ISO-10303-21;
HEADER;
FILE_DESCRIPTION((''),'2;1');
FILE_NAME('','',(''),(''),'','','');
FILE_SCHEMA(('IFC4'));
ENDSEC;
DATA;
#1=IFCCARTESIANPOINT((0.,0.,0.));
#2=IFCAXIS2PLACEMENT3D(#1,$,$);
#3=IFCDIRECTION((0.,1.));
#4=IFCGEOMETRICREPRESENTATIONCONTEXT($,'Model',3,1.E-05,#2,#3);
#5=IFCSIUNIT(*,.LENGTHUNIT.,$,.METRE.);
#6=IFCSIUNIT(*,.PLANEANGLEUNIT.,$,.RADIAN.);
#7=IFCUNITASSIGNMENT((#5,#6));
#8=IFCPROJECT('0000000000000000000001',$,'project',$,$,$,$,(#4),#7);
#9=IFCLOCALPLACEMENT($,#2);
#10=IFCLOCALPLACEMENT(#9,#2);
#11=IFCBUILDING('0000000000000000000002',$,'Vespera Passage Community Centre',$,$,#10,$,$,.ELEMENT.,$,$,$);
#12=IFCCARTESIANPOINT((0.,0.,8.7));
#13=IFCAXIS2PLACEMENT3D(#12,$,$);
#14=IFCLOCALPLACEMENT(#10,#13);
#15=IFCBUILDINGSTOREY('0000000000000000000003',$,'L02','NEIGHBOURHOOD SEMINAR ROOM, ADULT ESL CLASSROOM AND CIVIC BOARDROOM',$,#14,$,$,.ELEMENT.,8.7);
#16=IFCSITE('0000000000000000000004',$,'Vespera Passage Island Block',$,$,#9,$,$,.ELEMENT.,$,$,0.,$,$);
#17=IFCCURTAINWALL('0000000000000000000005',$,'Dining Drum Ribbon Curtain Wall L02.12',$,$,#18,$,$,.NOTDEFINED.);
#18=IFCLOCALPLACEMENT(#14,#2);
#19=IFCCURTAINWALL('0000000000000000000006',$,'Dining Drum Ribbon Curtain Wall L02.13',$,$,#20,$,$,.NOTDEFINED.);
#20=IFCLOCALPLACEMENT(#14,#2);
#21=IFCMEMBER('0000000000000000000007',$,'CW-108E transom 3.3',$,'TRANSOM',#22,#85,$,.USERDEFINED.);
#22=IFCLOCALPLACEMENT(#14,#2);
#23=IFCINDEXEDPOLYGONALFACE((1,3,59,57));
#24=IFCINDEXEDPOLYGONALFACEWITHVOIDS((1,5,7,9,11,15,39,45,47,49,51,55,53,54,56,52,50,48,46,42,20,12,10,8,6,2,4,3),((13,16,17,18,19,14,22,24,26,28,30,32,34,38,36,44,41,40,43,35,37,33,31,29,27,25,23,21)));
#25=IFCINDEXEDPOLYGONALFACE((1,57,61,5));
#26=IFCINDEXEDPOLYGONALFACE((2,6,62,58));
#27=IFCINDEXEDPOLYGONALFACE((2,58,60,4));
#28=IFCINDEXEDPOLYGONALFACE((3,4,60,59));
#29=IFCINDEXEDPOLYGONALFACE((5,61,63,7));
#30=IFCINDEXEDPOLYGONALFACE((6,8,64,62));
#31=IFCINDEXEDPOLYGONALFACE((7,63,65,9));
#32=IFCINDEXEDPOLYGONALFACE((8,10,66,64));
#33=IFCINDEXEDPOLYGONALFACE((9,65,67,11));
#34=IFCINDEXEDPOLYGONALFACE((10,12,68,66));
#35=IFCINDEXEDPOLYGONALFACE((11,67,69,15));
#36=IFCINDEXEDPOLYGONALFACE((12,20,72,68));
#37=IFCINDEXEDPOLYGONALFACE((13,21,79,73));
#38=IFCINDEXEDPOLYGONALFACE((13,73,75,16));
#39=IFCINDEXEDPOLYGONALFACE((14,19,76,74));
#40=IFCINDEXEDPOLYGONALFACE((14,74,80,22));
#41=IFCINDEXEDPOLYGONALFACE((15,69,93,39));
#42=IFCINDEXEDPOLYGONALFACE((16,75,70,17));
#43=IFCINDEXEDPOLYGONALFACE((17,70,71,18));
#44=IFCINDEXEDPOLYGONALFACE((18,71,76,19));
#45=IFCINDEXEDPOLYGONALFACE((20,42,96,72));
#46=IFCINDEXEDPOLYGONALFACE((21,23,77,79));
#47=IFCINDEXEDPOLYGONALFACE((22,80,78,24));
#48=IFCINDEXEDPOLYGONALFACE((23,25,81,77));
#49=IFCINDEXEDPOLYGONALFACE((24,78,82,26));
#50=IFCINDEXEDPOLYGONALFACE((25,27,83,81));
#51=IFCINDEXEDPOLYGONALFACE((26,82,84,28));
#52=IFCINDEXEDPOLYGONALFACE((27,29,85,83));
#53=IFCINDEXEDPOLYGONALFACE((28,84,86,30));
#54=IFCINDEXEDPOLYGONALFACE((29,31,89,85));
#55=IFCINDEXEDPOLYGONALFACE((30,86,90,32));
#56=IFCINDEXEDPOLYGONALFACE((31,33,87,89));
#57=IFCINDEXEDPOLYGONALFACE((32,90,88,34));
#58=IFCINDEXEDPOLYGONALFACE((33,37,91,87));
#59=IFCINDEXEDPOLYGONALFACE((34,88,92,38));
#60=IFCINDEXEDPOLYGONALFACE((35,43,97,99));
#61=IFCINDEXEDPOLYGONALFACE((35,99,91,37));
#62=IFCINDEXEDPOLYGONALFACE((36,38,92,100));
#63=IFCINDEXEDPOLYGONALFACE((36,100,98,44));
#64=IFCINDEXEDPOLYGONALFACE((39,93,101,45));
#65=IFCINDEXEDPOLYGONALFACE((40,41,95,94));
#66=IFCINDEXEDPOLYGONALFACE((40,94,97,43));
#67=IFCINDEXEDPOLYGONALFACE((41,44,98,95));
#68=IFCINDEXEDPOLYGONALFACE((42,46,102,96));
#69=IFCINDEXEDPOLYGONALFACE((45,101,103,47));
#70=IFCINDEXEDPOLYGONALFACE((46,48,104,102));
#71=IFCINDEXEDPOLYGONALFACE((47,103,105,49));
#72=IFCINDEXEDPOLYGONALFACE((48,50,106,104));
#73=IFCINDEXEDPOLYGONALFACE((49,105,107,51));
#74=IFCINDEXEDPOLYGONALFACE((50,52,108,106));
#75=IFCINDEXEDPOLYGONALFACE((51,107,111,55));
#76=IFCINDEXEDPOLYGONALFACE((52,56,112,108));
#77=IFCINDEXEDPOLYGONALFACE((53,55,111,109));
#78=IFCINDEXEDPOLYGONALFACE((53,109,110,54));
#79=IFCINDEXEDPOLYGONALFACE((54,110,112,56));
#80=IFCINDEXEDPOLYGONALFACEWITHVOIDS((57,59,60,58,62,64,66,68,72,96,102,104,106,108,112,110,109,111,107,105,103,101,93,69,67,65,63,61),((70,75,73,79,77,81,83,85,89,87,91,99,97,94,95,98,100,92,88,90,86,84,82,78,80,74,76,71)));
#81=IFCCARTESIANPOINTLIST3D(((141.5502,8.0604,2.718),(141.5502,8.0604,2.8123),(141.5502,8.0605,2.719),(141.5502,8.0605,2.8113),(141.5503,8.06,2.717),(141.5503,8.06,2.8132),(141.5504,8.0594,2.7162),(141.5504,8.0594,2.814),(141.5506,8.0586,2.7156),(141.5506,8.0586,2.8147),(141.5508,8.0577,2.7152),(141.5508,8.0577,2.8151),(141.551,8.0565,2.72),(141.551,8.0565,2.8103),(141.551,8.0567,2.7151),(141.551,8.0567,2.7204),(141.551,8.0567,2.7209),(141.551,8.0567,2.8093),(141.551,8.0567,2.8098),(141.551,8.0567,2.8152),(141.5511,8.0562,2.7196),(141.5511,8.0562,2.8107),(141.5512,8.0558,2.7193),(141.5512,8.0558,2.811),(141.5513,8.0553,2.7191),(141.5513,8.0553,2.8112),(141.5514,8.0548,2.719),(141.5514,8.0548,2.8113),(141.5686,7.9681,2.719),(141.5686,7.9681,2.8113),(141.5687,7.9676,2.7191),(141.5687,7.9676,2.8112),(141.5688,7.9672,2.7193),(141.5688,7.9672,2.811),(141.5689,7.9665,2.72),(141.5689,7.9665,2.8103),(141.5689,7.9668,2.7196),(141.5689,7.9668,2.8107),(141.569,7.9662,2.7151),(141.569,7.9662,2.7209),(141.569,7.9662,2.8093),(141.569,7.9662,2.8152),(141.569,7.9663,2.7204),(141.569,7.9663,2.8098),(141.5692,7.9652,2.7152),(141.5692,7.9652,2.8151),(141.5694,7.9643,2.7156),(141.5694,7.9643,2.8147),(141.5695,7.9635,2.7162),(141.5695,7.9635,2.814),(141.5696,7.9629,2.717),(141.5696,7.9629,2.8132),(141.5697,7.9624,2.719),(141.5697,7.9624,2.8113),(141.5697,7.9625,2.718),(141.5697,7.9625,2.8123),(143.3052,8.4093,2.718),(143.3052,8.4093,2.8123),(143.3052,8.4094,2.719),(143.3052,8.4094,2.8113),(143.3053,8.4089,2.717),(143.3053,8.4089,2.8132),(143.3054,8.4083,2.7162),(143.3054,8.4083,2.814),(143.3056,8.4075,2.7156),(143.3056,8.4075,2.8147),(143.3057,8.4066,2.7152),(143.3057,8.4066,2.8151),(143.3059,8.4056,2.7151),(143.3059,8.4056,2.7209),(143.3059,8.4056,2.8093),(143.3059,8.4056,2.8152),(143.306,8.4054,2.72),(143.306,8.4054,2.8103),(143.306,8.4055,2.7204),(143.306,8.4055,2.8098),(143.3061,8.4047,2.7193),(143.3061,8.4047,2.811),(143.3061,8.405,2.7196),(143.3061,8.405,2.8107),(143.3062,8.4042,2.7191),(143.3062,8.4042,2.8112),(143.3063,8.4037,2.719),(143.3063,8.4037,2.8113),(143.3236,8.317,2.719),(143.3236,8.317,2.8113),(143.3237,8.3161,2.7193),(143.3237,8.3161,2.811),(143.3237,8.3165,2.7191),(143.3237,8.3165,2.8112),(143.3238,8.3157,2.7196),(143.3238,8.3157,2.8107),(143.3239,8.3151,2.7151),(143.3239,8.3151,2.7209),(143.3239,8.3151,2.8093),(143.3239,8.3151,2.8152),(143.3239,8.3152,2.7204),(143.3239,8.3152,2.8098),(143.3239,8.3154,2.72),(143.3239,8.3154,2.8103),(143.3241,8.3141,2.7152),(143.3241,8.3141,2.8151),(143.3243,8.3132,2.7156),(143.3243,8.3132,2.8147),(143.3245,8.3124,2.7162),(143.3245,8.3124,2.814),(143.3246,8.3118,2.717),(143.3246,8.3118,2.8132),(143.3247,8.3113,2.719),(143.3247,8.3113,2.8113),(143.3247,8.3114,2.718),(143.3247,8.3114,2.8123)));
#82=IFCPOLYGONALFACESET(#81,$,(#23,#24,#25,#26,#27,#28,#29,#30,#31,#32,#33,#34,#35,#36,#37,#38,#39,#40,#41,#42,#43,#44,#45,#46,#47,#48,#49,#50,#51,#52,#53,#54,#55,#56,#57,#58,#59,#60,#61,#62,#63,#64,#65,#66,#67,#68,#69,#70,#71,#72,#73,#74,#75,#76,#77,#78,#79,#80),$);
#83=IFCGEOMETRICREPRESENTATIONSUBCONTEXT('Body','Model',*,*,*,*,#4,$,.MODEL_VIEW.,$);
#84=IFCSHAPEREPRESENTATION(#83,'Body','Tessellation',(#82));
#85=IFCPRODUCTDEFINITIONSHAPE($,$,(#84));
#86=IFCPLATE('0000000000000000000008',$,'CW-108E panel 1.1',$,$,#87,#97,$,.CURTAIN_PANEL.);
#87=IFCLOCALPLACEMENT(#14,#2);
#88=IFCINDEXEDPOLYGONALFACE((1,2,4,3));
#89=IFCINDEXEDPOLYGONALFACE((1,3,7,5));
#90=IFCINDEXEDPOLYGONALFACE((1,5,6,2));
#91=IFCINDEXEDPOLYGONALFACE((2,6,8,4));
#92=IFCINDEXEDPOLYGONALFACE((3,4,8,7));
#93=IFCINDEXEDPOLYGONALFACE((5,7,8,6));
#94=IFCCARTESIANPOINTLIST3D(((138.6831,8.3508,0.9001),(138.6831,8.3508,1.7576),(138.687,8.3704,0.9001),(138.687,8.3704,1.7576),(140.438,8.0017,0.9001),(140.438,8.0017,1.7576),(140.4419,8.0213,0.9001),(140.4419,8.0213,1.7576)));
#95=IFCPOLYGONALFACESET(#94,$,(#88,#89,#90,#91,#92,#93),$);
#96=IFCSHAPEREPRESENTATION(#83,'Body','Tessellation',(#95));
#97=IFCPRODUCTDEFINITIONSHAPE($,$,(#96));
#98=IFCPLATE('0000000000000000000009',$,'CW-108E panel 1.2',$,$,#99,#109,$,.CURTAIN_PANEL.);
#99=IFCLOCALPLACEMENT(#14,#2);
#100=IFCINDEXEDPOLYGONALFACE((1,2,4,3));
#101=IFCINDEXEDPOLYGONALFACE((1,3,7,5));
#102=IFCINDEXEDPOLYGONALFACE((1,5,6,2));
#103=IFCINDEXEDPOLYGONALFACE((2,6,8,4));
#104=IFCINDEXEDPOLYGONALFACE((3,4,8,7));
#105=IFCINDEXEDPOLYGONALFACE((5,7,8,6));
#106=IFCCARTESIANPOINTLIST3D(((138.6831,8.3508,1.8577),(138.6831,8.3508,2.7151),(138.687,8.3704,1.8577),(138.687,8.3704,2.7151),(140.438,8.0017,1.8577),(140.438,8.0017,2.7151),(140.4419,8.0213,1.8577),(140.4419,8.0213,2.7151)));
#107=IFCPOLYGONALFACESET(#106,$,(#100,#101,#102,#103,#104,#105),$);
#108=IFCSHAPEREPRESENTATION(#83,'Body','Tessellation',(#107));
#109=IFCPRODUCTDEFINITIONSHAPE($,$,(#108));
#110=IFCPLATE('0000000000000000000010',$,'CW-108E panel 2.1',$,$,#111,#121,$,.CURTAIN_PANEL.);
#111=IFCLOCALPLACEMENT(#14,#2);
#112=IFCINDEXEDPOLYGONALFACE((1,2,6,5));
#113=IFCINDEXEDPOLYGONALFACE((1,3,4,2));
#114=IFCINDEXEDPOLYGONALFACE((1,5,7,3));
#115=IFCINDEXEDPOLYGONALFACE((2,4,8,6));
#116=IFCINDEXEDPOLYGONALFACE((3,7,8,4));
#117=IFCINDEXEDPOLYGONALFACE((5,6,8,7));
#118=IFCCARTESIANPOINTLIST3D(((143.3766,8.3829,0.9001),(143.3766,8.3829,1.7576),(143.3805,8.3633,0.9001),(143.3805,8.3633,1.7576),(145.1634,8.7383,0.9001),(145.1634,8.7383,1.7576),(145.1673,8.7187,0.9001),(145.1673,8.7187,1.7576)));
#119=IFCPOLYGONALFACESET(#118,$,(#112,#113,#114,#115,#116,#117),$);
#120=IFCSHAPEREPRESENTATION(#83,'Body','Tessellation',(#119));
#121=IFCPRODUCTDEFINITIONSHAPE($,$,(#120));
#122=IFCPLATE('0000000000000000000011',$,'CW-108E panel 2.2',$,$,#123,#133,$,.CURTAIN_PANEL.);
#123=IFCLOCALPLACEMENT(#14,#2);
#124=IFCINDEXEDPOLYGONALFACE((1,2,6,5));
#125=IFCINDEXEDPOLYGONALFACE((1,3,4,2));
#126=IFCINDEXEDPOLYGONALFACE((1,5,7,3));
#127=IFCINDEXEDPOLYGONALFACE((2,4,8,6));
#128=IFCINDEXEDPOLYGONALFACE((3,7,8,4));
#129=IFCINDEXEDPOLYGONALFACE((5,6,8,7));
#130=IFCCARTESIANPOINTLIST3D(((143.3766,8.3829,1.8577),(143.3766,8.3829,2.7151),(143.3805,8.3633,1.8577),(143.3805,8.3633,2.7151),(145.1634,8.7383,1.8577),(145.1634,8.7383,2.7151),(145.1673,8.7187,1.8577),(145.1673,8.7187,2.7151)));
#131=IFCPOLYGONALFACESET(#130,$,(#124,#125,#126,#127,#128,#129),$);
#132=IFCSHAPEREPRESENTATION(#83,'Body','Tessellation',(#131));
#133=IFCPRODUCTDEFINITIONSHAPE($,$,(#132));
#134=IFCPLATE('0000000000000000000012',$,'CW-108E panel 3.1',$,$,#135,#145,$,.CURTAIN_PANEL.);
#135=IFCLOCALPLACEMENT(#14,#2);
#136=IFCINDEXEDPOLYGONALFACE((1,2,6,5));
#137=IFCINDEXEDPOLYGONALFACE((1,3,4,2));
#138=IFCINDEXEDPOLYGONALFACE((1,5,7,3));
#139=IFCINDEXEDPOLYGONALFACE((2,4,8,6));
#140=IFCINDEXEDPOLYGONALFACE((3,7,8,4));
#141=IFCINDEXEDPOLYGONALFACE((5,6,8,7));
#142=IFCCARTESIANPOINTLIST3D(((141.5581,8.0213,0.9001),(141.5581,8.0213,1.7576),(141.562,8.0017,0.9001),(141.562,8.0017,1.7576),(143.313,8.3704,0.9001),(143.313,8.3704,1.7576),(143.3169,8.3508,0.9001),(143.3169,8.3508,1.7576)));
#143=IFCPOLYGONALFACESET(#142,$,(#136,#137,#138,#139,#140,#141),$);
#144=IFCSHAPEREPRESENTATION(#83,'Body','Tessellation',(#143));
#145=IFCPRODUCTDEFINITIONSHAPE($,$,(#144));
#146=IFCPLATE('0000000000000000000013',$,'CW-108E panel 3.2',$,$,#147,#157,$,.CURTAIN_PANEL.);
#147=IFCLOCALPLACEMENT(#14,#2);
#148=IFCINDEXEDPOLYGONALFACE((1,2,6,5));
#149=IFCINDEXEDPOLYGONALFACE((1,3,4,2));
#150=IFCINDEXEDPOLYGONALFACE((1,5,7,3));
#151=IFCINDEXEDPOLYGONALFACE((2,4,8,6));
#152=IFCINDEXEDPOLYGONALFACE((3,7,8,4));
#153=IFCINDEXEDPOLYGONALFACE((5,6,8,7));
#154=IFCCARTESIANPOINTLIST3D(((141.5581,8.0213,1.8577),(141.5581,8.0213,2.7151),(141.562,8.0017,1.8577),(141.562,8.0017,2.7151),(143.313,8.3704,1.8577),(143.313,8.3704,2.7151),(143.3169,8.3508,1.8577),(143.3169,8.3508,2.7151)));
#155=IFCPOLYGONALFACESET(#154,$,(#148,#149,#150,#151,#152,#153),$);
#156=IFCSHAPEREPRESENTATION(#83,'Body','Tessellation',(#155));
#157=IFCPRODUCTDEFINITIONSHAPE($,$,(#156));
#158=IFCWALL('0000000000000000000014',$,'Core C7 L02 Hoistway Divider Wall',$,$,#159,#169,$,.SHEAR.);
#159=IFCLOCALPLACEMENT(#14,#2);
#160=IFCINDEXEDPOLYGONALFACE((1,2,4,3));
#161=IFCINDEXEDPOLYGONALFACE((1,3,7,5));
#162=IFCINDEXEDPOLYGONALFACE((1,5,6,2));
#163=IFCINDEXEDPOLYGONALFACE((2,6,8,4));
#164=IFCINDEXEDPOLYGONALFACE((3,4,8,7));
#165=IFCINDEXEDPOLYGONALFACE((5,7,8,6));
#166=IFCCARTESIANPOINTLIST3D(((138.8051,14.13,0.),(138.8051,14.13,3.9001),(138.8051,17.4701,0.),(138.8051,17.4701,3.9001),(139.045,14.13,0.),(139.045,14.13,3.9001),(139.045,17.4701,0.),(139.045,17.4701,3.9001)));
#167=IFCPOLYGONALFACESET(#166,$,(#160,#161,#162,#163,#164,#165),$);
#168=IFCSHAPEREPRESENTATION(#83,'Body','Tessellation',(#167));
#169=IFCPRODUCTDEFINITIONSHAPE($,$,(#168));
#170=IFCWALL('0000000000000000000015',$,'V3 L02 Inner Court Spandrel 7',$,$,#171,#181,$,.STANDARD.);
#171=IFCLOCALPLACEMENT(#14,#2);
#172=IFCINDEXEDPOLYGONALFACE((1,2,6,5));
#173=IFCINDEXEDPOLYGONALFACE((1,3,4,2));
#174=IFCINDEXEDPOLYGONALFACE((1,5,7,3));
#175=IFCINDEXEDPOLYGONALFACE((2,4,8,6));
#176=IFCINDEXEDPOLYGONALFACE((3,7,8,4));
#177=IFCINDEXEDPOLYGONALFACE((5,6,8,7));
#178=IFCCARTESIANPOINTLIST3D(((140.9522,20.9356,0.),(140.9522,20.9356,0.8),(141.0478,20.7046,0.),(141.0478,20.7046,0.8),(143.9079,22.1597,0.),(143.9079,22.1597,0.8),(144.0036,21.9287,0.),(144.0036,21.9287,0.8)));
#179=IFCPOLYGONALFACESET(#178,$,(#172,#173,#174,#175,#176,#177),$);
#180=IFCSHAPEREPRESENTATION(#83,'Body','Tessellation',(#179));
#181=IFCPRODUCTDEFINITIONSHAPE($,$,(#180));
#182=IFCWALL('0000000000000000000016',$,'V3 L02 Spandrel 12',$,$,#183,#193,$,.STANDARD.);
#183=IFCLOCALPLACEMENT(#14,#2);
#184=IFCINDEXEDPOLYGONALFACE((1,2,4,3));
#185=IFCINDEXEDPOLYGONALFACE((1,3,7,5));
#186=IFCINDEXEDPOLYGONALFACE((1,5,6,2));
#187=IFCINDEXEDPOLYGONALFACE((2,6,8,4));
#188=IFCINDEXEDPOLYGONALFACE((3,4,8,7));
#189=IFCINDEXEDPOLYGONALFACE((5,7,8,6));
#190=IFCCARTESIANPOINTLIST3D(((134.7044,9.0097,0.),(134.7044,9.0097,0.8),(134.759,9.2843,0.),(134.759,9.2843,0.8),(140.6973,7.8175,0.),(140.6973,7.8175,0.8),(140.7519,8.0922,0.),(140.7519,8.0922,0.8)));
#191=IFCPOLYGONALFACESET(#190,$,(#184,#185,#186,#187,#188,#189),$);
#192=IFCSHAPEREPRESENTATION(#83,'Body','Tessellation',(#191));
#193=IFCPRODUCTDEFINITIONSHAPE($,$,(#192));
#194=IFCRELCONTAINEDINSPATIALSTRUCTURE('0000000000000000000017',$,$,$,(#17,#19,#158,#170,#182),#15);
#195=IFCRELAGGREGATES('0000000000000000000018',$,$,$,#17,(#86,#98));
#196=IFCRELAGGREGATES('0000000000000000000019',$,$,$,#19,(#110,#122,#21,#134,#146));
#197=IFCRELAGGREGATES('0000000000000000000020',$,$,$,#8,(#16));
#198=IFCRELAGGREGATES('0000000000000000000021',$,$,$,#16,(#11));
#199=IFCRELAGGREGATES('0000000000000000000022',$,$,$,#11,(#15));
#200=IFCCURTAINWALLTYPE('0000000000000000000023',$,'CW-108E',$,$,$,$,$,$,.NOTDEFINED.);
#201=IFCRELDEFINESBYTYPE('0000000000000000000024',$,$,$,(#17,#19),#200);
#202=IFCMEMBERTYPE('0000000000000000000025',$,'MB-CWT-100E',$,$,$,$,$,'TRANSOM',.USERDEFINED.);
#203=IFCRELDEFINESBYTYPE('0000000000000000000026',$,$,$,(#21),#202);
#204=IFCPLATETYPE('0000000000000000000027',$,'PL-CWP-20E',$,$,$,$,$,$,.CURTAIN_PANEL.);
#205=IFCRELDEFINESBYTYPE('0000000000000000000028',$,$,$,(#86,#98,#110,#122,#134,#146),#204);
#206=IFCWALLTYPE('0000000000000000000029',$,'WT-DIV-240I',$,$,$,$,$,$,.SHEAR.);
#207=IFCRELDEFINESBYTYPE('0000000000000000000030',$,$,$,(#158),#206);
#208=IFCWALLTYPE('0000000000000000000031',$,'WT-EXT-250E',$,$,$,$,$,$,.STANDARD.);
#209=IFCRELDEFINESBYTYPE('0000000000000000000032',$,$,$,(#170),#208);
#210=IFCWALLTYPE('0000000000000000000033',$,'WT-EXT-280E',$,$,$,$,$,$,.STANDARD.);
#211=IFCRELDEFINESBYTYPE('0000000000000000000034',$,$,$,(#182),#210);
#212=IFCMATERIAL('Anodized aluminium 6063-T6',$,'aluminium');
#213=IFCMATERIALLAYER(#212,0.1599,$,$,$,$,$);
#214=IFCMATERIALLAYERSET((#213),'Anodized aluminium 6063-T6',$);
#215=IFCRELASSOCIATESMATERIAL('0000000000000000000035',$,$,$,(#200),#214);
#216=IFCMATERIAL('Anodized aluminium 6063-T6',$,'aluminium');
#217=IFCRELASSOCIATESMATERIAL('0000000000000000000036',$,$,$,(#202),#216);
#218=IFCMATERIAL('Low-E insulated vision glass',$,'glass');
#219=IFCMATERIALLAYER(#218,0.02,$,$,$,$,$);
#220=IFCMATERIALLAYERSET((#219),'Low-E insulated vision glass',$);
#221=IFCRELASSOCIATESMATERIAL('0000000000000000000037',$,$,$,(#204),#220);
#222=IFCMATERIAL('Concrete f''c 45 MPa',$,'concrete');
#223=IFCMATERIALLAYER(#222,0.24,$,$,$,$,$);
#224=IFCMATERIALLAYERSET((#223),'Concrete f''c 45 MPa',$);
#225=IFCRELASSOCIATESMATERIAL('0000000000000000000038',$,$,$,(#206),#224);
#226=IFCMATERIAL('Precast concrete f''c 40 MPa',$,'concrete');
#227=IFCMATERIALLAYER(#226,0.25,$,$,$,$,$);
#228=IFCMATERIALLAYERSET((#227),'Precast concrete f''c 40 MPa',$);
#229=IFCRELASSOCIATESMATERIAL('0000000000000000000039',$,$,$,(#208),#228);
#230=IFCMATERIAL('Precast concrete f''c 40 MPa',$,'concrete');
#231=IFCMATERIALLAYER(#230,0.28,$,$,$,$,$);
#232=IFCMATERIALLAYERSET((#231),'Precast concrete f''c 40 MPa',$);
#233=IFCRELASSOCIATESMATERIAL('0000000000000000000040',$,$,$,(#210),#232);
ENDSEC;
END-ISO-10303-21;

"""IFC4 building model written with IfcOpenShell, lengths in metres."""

from ifc_helpers import new_model, si_unit, direction, frame, frame_2d, origin, origin_2d, place, context, subcontext, project, spatial, rectangle, hollow_rectangle, extrude, material, layer, layer_set, material_profile, profile_set, type_object, element, aggregate, save


model = new_model("IFC4")

# Units and contexts
model_context = context("Model", 3, precision=1e-05, world=origin(), true_north=direction((0.0, 1.0)))
body_context = subcontext(model_context, "Body", "Model", "MODEL_VIEW")
ifc_project = project(units=[si_unit("LENGTHUNIT", "METRE"), si_unit("PLANEANGLEUNIT", "RADIAN")], contexts=[model_context])

# Site, building, storey
site_placement = place(None, origin())
site = spatial("IfcSite", under=ifc_project, at=site_placement, Name="Vespera Passage Island Block", CompositionType="ELEMENT", RefElevation=0.0)
building_placement = place(site_placement, origin())
building = spatial("IfcBuilding", under=site, at=building_placement, Name="Vespera Passage Community Centre", CompositionType="ELEMENT")
storey_placement = place(building_placement, frame((0.0, 0.0, 8.7)))
storey = spatial("IfcBuildingStorey", under=building, at=storey_placement, Name="L02", Description="NEIGHBOURHOOD SEMINAR ROOM, ADULT ESL CLASSROOM AND CIVIC BOARDROOM", CompositionType="ELEMENT", Elevation=8.7)

# Curtain wall
ifc_material_1 = material(Name="Anodized aluminium 6063-T6", Category="aluminium")
ifc_layer_1 = layer(ifc_material_1, 0.1599)
ifc_layer_set_1 = layer_set([ifc_layer_1], Name="Anodized aluminium 6063-T6")
curtain_wall_type_1 = type_object("IfcCurtainWallType", Name="CW-108E", PredefinedType="NOTDEFINED", material=ifc_layer_set_1)
curtain_wall_1_placement = place(storey_placement, origin())
curtain_wall_1 = element("IfcCurtainWall", 1, at=curtain_wall_1_placement, inside=storey, type_object=curtain_wall_type_1, Name="Dining Drum Ribbon Curtain Wall L02.12", PredefinedType="NOTDEFINED")

# Curtain wall
curtain_wall_2_placement = place(storey_placement, origin())
curtain_wall_2 = element("IfcCurtainWall", 2, at=curtain_wall_2_placement, inside=storey, type_object=curtain_wall_type_1, Name="Dining Drum Ribbon Curtain Wall L02.13", PredefinedType="NOTDEFINED")

# Member
ifc_material_2 = material(Name="Anodized aluminium 6063-T6", Category="aluminium")
ifc_material_profile_1 = material_profile(ifc_material_2, hollow_rectangle(XDim=0.1001, YDim=0.1001, WallThickness=0.0039, InnerFilletRadius=0.002, OuterFilletRadius=0.0039, at=origin_2d()), Name="ALU100X100X4")
ifc_profile_set_1 = profile_set([ifc_material_profile_1], Name="Anodized aluminium 6063-T6")
member_type_1 = type_object("IfcMemberType", Name="MB-CWT-100E", ElementType="TRANSOM", PredefinedType="USERDEFINED", material=ifc_profile_set_1)
member_1_placement = place(storey_placement, frame((143.3149, 8.3604, 2.7651), z_axis=(-0.980806, -0.194988, 0.0), x_axis=(0.194988, -0.980806, 0.0)))
member_1 = element("IfcMember", 3, at=member_1_placement, type_object=member_type_1, Name="CW-108E transom 3.3", ObjectType="TRANSOM", PredefinedType="USERDEFINED", context=body_context, shape_type="SweptSolid", body=[
    extrude(hollow_rectangle(XDim=0.1001, YDim=0.1001, WallThickness=0.0039, InnerFilletRadius=0.002, OuterFilletRadius=0.0039, at=origin_2d()), origin(), (0.0, 0.0, 1.0), 1.7893),
])

# Plates
ifc_material_3 = material(Name="Low-E insulated vision glass", Category="glass")
ifc_layer_2 = layer(ifc_material_3, 0.02)
ifc_layer_set_2 = layer_set([ifc_layer_2], Name="Low-E insulated vision glass")
plate_type = type_object("IfcPlateType", Name="PL-CWP-20E", PredefinedType="CURTAIN_PANEL", material=ifc_layer_set_2)
plate_1_placement = place(storey_placement, frame((139.5625, 8.186, 0.9001), z_axis=(0.0, 0.0, 1.0), x_axis=(-0.980784, 0.195097, 0.0)))
plate_1 = element("IfcPlate", 4, at=plate_1_placement, type_object=plate_type, Name="CW-108E panel 1.1", PredefinedType="CURTAIN_PANEL", context=body_context, shape_type="SweptSolid", body=[
    extrude(rectangle(XDim=1.7893, YDim=0.02, at=origin_2d()), origin(), (0.0, 0.0, 1.0), 0.8574),
])
plate_2_placement = place(storey_placement, frame((139.5625, 8.186, 1.8577), z_axis=(0.0, 0.0, 1.0), x_axis=(-0.980784, 0.195097, 0.0)))
plate_2 = element("IfcPlate", 5, at=plate_2_placement, type_object=plate_type, Name="CW-108E panel 1.2", PredefinedType="CURTAIN_PANEL", context=body_context, shape_type="SweptSolid", body=[
    extrude(rectangle(XDim=1.7893, YDim=0.02, at=origin_2d()), origin(), (0.0, 0.0, 1.0), 0.8574),
])
aggregate(curtain_wall_1, [plate_1, plate_2])
plate_3_placement = place(storey_placement, frame((144.272, 8.5508, 0.9001), z_axis=(0.0, 0.0, 1.0), x_axis=(-0.980784, -0.195097, 0.0)))
plate_3 = element("IfcPlate", 6, at=plate_3_placement, type_object=plate_type, Name="CW-108E panel 2.1", PredefinedType="CURTAIN_PANEL", context=body_context, shape_type="SweptSolid", body=[
    extrude(rectangle(XDim=1.8218, YDim=0.02, at=origin_2d()), origin(), (0.0, 0.0, 1.0), 0.8574),
])
plate_4_placement = place(storey_placement, frame((144.272, 8.5508, 1.8577), z_axis=(0.0, 0.0, 1.0), x_axis=(-0.980784, -0.195097, 0.0)))
plate_4 = element("IfcPlate", 7, at=plate_4_placement, type_object=plate_type, Name="CW-108E panel 2.2", PredefinedType="CURTAIN_PANEL", context=body_context, shape_type="SweptSolid", body=[
    extrude(rectangle(XDim=1.8218, YDim=0.02, at=origin_2d()), origin(), (0.0, 0.0, 1.0), 0.8574),
])
plate_5_placement = place(storey_placement, frame((142.4375, 8.186, 0.9001), z_axis=(0.0, 0.0, 1.0), x_axis=(-0.980784, -0.195097, 0.0)))
plate_5 = element("IfcPlate", 8, at=plate_5_placement, type_object=plate_type, Name="CW-108E panel 3.1", PredefinedType="CURTAIN_PANEL", context=body_context, shape_type="SweptSolid", body=[
    extrude(rectangle(XDim=1.7893, YDim=0.02, at=origin_2d()), origin(), (0.0, 0.0, 1.0), 0.8574),
])
plate_6_placement = place(storey_placement, frame((142.4375, 8.186, 1.8577), z_axis=(0.0, 0.0, 1.0), x_axis=(-0.980784, -0.195097, 0.0)))
plate_6 = element("IfcPlate", 9, at=plate_6_placement, type_object=plate_type, Name="CW-108E panel 3.2", PredefinedType="CURTAIN_PANEL", context=body_context, shape_type="SweptSolid", body=[
    extrude(rectangle(XDim=1.7893, YDim=0.02, at=origin_2d()), origin(), (0.0, 0.0, 1.0), 0.8574),
])
aggregate(curtain_wall_2, [plate_3, plate_4, member_1, plate_5, plate_6])

# Walls
ifc_material_4 = material(Name="Concrete f'c 45 MPa", Category="concrete")
ifc_layer_3 = layer(ifc_material_4, 0.24)
ifc_layer_set_3 = layer_set([ifc_layer_3], Name="Concrete f'c 45 MPa")
wall_type_1 = type_object("IfcWallType", Name="WT-DIV-240I", PredefinedType="SHEAR", material=ifc_layer_set_3)
wall_1_placement = place(storey_placement, frame((138.925, 17.47, 0.0), z_axis=(0.0, 0.0, 1.0), x_axis=(0.0, -1.0, 0.0)))
element("IfcWall", 10, at=wall_1_placement, inside=storey, type_object=wall_type_1, Name="Core C7 L02 Hoistway Divider Wall", PredefinedType="SHEAR", context=body_context, shape_type="SweptSolid", body=[
    extrude(rectangle(XDim=3.3401, YDim=0.24, at=frame_2d((1.6699, 0.0))), origin(), (0.0, 0.0, 1.0), 3.9001),
])
ifc_material_5 = material(Name="Precast concrete f'c 40 MPa", Category="concrete")
ifc_layer_4 = layer(ifc_material_5, 0.25)
ifc_layer_set_4 = layer_set([ifc_layer_4], Name="Precast concrete f'c 40 MPa")
wall_type_2 = type_object("IfcWallType", Name="WT-EXT-250E", PredefinedType="STANDARD", material=ifc_layer_set_4)
wall_2_placement = place(storey_placement, frame((141.0, 20.8201, 0.0), z_axis=(0.0, 0.0, 1.0), x_axis=(0.923903, 0.382626, 0.0)))
element("IfcWall", 11, at=wall_2_placement, inside=storey, type_object=wall_type_2, Name="V3 L02 Inner Court Spandrel 7", PredefinedType="STANDARD", context=body_context, shape_type="SweptSolid", body=[
    extrude(rectangle(XDim=3.1992, YDim=0.25, at=frame_2d((1.5996, 0.0))), origin(), (0.0, 0.0, 1.0), 0.8),
])
ifc_material_6 = material(Name="Precast concrete f'c 40 MPa", Category="concrete")
ifc_layer_5 = layer(ifc_material_6, 0.28)
ifc_layer_set_5 = layer_set([ifc_layer_5], Name="Precast concrete f'c 40 MPa")
wall_type_3 = type_object("IfcWallType", Name="WT-EXT-280E", PredefinedType="STANDARD", material=ifc_layer_set_5)
wall_3_placement = place(storey_placement, frame((140.7246, 7.9548, 0.0), z_axis=(0.0, 0.0, 1.0), x_axis=(-0.980783, 0.195102, 0.0)))
element("IfcWall", 12, at=wall_3_placement, inside=storey, type_object=wall_type_3, Name="V3 L02 Spandrel 12", PredefinedType="STANDARD", context=body_context, shape_type="SweptSolid", body=[
    extrude(rectangle(XDim=6.1104, YDim=0.28, at=frame_2d((3.0552, 0.0))), origin(), (0.0, 0.0, 1.0), 0.8),
])

save(model, "model.ifc")
